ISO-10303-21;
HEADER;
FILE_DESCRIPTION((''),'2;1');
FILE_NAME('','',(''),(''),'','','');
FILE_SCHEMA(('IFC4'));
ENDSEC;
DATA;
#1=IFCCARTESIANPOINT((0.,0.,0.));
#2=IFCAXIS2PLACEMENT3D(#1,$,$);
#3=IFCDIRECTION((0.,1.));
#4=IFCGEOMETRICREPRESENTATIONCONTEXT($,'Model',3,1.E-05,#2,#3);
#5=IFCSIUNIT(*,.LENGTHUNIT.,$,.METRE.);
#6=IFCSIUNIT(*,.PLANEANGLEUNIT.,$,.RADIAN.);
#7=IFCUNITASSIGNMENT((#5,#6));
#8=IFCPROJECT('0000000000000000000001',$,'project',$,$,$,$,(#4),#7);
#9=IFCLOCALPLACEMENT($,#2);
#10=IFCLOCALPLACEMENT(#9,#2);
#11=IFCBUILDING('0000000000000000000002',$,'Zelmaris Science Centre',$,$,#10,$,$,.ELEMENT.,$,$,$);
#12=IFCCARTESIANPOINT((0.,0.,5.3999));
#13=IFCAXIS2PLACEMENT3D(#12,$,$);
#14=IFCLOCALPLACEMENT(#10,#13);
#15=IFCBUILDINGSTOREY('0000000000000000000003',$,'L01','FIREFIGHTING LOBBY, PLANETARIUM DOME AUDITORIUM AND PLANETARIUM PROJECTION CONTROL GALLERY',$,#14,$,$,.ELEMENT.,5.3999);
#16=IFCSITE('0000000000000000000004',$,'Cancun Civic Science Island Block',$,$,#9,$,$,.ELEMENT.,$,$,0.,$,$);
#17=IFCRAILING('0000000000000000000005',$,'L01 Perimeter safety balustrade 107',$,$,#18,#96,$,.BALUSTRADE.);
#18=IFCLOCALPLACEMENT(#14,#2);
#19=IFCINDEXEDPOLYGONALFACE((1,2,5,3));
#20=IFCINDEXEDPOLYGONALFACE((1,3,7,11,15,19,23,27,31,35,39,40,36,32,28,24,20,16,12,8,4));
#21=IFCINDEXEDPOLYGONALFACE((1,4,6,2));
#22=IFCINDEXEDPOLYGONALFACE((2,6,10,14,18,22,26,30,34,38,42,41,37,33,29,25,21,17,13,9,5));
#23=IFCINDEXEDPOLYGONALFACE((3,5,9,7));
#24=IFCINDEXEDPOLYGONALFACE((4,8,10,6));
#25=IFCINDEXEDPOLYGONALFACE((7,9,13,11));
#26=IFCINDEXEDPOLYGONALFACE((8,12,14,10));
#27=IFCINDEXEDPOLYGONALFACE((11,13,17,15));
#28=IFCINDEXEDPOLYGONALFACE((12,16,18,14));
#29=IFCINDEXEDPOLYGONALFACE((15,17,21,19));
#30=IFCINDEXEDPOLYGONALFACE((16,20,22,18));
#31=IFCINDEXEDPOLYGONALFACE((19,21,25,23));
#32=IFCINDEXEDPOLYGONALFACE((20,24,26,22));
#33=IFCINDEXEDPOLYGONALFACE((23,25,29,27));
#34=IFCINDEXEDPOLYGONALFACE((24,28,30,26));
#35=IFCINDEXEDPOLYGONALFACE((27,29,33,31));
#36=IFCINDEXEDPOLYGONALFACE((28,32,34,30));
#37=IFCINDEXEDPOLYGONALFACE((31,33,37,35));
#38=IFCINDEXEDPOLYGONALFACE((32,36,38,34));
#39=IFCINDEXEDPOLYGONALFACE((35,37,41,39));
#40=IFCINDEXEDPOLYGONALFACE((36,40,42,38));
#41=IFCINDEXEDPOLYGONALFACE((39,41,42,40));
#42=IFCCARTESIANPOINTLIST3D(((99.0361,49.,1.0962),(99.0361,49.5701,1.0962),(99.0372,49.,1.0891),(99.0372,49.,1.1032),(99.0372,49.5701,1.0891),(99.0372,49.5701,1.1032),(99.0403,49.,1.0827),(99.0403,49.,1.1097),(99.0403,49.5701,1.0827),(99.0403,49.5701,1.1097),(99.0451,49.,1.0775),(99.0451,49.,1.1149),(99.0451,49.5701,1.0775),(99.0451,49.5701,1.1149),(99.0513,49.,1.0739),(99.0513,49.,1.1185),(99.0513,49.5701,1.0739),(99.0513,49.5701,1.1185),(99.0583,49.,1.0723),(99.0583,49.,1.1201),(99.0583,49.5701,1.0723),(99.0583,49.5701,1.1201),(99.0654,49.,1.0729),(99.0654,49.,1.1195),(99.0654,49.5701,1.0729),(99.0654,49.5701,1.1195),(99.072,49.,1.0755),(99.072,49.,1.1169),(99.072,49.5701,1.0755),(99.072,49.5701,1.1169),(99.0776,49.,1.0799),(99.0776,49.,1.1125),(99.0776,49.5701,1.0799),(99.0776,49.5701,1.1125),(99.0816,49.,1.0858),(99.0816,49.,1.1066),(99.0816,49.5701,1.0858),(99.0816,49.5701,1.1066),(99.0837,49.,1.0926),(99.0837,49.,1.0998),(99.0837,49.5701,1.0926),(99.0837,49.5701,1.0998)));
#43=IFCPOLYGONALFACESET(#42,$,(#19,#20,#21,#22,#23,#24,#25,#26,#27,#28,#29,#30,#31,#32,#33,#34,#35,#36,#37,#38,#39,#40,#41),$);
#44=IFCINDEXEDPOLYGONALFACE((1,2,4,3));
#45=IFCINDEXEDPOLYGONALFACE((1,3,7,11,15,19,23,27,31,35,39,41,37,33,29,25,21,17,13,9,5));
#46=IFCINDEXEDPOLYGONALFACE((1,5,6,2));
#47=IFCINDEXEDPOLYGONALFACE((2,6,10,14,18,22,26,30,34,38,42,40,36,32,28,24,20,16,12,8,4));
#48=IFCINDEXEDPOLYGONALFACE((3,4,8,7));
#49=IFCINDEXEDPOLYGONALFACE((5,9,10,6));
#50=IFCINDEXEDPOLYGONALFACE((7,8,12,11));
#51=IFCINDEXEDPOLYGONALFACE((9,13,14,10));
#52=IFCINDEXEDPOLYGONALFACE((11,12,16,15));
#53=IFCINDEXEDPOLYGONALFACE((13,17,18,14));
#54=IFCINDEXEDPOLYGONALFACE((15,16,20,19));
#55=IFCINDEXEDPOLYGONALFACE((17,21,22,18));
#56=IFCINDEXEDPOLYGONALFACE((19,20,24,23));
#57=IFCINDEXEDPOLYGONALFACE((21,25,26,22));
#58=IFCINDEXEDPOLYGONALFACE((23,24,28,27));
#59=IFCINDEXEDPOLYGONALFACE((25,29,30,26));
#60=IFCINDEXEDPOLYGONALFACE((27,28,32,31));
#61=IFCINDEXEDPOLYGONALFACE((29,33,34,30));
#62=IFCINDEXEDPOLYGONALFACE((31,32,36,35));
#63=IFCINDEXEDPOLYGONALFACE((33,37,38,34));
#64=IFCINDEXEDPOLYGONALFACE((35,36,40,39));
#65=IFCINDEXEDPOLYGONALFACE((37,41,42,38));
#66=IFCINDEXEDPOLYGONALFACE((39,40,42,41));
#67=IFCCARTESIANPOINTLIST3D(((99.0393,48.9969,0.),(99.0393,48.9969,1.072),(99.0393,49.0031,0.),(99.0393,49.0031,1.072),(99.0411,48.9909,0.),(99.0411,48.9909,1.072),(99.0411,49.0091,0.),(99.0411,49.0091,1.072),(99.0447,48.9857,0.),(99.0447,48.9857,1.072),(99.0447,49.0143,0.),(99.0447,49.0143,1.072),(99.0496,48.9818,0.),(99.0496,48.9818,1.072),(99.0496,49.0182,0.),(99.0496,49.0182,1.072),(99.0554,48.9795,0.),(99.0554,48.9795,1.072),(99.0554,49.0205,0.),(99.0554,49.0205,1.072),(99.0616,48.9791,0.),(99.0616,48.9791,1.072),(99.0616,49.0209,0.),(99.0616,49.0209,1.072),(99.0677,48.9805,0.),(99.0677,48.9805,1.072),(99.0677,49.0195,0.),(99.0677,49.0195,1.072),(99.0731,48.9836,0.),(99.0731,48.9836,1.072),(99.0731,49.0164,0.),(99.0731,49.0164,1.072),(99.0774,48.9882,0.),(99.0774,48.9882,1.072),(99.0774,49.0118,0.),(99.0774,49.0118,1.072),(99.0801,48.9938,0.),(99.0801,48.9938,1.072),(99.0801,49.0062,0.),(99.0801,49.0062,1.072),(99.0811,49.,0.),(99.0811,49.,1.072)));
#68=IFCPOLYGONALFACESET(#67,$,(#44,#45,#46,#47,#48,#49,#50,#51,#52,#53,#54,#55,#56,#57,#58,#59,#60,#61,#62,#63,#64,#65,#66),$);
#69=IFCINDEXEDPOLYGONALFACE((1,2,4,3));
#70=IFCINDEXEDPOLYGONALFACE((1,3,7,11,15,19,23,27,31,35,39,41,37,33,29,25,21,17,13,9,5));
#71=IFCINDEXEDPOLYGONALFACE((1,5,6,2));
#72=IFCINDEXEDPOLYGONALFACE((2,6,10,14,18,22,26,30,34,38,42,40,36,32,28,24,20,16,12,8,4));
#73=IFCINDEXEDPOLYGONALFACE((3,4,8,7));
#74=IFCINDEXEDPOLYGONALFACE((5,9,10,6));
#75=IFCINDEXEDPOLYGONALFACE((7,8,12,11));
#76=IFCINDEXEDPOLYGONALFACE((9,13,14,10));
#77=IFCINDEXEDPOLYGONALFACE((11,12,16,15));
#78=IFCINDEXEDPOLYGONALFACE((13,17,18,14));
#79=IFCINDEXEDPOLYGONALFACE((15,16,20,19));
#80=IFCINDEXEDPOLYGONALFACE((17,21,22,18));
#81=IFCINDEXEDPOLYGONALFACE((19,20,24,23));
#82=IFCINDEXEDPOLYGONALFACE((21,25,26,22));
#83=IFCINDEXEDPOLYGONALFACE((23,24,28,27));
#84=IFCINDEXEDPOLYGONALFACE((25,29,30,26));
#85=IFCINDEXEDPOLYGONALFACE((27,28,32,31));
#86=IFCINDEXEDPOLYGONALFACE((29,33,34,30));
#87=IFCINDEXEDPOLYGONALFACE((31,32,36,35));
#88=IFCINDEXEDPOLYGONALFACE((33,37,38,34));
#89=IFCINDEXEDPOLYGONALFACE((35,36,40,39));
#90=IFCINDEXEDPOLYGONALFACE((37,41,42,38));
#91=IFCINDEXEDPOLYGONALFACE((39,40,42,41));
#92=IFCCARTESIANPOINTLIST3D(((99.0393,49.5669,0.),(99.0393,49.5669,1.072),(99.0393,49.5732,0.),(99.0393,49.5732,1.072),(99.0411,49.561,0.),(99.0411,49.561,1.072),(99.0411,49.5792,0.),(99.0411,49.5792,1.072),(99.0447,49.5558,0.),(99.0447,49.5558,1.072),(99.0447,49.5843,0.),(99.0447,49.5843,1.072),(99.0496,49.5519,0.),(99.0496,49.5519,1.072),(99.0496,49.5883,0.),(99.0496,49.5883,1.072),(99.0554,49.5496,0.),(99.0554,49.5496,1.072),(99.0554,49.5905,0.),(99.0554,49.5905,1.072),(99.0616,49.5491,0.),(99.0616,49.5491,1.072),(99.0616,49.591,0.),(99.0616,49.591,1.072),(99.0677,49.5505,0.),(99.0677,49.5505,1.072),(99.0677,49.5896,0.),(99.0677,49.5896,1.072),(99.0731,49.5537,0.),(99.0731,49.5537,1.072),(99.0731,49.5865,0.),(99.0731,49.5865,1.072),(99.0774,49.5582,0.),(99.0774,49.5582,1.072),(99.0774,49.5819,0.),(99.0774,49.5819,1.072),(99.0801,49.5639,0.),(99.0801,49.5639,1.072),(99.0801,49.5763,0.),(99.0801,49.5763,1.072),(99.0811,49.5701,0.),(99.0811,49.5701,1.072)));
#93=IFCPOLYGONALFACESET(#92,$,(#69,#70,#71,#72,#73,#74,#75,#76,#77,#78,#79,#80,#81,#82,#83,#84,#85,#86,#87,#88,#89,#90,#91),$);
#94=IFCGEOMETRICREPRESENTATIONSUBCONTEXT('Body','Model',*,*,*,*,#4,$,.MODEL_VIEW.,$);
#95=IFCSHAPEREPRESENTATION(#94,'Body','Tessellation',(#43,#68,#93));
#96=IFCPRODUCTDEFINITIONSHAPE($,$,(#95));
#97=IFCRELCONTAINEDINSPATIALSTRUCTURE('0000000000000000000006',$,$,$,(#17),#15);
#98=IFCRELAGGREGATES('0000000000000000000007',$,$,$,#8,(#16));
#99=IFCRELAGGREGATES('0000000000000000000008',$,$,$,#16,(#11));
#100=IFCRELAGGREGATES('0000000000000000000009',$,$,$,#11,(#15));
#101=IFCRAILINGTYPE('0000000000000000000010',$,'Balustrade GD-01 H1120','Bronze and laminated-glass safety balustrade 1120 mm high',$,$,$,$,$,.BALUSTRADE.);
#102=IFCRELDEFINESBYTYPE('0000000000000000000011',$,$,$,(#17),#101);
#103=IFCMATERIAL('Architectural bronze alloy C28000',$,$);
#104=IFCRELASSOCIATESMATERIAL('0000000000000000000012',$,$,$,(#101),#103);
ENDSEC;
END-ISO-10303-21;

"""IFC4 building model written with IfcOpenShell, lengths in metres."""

from ifc_helpers import new_model, si_unit, direction, frame, origin, origin_2d, place, context, subcontext, project, spatial, circle, extrude, material, type_object, element, save


model = new_model("IFC4")

# Units and contexts
model_context = context("Model", 3, precision=1e-05, world=origin(), true_north=direction((0.0, 1.0)))
body_context = subcontext(model_context, "Body", "Model", "MODEL_VIEW")
ifc_project = project(units=[si_unit("LENGTHUNIT", "METRE"), si_unit("PLANEANGLEUNIT", "RADIAN")], contexts=[model_context])

# Site, building, storey
site_placement = place(None, origin())
site = spatial("IfcSite", under=ifc_project, at=site_placement, Name="Cancun Civic Science Island Block", CompositionType="ELEMENT", RefElevation=0.0)
building_placement = place(site_placement, origin())
building = spatial("IfcBuilding", under=site, at=building_placement, Name="Zelmaris Science Centre", CompositionType="ELEMENT")
storey_placement = place(building_placement, frame((0.0, 0.0, 5.3999)))
storey = spatial("IfcBuildingStorey", under=building, at=storey_placement, Name="L01", Description="FIREFIGHTING LOBBY, PLANETARIUM DOME AUDITORIUM AND PLANETARIUM PROJECTION CONTROL GALLERY", CompositionType="ELEMENT", Elevation=5.3999)

# Railing
ifc_material_1 = material(Name="Architectural bronze alloy C28000")
railing_type = type_object("IfcRailingType", Name="Balustrade GD-01 H1120", Description="Bronze and laminated-glass safety balustrade 1120 mm high", PredefinedType="BALUSTRADE", material=ifc_material_1)
railing_placement = place(storey_placement, frame((99.0601, 49.0, 0.0)))
element("IfcRailing", 1, at=railing_placement, inside=storey, type_object=railing_type, Name="L01 Perimeter safety balustrade 107", PredefinedType="BALUSTRADE", context=body_context, shape_type="SweptSolid", body=[
    extrude(circle(Radius=0.0239, at=origin_2d()), frame((0.0, 0.0, 1.0962), z_axis=(0.0, 1.0, 0.0), x_axis=(-1.0, 0.0, 0.0)), (0.0, 0.0, 1.0), 0.5701),
    extrude(circle(Radius=0.021, at=origin_2d()), origin(), (0.0, 0.0, 1.0), 1.072),
    extrude(circle(Radius=0.021, at=origin_2d()), frame((0.0, 0.5701, 0.0)), (0.0, 0.0, 1.0), 1.072),
])

save(model, "model.ifc")
